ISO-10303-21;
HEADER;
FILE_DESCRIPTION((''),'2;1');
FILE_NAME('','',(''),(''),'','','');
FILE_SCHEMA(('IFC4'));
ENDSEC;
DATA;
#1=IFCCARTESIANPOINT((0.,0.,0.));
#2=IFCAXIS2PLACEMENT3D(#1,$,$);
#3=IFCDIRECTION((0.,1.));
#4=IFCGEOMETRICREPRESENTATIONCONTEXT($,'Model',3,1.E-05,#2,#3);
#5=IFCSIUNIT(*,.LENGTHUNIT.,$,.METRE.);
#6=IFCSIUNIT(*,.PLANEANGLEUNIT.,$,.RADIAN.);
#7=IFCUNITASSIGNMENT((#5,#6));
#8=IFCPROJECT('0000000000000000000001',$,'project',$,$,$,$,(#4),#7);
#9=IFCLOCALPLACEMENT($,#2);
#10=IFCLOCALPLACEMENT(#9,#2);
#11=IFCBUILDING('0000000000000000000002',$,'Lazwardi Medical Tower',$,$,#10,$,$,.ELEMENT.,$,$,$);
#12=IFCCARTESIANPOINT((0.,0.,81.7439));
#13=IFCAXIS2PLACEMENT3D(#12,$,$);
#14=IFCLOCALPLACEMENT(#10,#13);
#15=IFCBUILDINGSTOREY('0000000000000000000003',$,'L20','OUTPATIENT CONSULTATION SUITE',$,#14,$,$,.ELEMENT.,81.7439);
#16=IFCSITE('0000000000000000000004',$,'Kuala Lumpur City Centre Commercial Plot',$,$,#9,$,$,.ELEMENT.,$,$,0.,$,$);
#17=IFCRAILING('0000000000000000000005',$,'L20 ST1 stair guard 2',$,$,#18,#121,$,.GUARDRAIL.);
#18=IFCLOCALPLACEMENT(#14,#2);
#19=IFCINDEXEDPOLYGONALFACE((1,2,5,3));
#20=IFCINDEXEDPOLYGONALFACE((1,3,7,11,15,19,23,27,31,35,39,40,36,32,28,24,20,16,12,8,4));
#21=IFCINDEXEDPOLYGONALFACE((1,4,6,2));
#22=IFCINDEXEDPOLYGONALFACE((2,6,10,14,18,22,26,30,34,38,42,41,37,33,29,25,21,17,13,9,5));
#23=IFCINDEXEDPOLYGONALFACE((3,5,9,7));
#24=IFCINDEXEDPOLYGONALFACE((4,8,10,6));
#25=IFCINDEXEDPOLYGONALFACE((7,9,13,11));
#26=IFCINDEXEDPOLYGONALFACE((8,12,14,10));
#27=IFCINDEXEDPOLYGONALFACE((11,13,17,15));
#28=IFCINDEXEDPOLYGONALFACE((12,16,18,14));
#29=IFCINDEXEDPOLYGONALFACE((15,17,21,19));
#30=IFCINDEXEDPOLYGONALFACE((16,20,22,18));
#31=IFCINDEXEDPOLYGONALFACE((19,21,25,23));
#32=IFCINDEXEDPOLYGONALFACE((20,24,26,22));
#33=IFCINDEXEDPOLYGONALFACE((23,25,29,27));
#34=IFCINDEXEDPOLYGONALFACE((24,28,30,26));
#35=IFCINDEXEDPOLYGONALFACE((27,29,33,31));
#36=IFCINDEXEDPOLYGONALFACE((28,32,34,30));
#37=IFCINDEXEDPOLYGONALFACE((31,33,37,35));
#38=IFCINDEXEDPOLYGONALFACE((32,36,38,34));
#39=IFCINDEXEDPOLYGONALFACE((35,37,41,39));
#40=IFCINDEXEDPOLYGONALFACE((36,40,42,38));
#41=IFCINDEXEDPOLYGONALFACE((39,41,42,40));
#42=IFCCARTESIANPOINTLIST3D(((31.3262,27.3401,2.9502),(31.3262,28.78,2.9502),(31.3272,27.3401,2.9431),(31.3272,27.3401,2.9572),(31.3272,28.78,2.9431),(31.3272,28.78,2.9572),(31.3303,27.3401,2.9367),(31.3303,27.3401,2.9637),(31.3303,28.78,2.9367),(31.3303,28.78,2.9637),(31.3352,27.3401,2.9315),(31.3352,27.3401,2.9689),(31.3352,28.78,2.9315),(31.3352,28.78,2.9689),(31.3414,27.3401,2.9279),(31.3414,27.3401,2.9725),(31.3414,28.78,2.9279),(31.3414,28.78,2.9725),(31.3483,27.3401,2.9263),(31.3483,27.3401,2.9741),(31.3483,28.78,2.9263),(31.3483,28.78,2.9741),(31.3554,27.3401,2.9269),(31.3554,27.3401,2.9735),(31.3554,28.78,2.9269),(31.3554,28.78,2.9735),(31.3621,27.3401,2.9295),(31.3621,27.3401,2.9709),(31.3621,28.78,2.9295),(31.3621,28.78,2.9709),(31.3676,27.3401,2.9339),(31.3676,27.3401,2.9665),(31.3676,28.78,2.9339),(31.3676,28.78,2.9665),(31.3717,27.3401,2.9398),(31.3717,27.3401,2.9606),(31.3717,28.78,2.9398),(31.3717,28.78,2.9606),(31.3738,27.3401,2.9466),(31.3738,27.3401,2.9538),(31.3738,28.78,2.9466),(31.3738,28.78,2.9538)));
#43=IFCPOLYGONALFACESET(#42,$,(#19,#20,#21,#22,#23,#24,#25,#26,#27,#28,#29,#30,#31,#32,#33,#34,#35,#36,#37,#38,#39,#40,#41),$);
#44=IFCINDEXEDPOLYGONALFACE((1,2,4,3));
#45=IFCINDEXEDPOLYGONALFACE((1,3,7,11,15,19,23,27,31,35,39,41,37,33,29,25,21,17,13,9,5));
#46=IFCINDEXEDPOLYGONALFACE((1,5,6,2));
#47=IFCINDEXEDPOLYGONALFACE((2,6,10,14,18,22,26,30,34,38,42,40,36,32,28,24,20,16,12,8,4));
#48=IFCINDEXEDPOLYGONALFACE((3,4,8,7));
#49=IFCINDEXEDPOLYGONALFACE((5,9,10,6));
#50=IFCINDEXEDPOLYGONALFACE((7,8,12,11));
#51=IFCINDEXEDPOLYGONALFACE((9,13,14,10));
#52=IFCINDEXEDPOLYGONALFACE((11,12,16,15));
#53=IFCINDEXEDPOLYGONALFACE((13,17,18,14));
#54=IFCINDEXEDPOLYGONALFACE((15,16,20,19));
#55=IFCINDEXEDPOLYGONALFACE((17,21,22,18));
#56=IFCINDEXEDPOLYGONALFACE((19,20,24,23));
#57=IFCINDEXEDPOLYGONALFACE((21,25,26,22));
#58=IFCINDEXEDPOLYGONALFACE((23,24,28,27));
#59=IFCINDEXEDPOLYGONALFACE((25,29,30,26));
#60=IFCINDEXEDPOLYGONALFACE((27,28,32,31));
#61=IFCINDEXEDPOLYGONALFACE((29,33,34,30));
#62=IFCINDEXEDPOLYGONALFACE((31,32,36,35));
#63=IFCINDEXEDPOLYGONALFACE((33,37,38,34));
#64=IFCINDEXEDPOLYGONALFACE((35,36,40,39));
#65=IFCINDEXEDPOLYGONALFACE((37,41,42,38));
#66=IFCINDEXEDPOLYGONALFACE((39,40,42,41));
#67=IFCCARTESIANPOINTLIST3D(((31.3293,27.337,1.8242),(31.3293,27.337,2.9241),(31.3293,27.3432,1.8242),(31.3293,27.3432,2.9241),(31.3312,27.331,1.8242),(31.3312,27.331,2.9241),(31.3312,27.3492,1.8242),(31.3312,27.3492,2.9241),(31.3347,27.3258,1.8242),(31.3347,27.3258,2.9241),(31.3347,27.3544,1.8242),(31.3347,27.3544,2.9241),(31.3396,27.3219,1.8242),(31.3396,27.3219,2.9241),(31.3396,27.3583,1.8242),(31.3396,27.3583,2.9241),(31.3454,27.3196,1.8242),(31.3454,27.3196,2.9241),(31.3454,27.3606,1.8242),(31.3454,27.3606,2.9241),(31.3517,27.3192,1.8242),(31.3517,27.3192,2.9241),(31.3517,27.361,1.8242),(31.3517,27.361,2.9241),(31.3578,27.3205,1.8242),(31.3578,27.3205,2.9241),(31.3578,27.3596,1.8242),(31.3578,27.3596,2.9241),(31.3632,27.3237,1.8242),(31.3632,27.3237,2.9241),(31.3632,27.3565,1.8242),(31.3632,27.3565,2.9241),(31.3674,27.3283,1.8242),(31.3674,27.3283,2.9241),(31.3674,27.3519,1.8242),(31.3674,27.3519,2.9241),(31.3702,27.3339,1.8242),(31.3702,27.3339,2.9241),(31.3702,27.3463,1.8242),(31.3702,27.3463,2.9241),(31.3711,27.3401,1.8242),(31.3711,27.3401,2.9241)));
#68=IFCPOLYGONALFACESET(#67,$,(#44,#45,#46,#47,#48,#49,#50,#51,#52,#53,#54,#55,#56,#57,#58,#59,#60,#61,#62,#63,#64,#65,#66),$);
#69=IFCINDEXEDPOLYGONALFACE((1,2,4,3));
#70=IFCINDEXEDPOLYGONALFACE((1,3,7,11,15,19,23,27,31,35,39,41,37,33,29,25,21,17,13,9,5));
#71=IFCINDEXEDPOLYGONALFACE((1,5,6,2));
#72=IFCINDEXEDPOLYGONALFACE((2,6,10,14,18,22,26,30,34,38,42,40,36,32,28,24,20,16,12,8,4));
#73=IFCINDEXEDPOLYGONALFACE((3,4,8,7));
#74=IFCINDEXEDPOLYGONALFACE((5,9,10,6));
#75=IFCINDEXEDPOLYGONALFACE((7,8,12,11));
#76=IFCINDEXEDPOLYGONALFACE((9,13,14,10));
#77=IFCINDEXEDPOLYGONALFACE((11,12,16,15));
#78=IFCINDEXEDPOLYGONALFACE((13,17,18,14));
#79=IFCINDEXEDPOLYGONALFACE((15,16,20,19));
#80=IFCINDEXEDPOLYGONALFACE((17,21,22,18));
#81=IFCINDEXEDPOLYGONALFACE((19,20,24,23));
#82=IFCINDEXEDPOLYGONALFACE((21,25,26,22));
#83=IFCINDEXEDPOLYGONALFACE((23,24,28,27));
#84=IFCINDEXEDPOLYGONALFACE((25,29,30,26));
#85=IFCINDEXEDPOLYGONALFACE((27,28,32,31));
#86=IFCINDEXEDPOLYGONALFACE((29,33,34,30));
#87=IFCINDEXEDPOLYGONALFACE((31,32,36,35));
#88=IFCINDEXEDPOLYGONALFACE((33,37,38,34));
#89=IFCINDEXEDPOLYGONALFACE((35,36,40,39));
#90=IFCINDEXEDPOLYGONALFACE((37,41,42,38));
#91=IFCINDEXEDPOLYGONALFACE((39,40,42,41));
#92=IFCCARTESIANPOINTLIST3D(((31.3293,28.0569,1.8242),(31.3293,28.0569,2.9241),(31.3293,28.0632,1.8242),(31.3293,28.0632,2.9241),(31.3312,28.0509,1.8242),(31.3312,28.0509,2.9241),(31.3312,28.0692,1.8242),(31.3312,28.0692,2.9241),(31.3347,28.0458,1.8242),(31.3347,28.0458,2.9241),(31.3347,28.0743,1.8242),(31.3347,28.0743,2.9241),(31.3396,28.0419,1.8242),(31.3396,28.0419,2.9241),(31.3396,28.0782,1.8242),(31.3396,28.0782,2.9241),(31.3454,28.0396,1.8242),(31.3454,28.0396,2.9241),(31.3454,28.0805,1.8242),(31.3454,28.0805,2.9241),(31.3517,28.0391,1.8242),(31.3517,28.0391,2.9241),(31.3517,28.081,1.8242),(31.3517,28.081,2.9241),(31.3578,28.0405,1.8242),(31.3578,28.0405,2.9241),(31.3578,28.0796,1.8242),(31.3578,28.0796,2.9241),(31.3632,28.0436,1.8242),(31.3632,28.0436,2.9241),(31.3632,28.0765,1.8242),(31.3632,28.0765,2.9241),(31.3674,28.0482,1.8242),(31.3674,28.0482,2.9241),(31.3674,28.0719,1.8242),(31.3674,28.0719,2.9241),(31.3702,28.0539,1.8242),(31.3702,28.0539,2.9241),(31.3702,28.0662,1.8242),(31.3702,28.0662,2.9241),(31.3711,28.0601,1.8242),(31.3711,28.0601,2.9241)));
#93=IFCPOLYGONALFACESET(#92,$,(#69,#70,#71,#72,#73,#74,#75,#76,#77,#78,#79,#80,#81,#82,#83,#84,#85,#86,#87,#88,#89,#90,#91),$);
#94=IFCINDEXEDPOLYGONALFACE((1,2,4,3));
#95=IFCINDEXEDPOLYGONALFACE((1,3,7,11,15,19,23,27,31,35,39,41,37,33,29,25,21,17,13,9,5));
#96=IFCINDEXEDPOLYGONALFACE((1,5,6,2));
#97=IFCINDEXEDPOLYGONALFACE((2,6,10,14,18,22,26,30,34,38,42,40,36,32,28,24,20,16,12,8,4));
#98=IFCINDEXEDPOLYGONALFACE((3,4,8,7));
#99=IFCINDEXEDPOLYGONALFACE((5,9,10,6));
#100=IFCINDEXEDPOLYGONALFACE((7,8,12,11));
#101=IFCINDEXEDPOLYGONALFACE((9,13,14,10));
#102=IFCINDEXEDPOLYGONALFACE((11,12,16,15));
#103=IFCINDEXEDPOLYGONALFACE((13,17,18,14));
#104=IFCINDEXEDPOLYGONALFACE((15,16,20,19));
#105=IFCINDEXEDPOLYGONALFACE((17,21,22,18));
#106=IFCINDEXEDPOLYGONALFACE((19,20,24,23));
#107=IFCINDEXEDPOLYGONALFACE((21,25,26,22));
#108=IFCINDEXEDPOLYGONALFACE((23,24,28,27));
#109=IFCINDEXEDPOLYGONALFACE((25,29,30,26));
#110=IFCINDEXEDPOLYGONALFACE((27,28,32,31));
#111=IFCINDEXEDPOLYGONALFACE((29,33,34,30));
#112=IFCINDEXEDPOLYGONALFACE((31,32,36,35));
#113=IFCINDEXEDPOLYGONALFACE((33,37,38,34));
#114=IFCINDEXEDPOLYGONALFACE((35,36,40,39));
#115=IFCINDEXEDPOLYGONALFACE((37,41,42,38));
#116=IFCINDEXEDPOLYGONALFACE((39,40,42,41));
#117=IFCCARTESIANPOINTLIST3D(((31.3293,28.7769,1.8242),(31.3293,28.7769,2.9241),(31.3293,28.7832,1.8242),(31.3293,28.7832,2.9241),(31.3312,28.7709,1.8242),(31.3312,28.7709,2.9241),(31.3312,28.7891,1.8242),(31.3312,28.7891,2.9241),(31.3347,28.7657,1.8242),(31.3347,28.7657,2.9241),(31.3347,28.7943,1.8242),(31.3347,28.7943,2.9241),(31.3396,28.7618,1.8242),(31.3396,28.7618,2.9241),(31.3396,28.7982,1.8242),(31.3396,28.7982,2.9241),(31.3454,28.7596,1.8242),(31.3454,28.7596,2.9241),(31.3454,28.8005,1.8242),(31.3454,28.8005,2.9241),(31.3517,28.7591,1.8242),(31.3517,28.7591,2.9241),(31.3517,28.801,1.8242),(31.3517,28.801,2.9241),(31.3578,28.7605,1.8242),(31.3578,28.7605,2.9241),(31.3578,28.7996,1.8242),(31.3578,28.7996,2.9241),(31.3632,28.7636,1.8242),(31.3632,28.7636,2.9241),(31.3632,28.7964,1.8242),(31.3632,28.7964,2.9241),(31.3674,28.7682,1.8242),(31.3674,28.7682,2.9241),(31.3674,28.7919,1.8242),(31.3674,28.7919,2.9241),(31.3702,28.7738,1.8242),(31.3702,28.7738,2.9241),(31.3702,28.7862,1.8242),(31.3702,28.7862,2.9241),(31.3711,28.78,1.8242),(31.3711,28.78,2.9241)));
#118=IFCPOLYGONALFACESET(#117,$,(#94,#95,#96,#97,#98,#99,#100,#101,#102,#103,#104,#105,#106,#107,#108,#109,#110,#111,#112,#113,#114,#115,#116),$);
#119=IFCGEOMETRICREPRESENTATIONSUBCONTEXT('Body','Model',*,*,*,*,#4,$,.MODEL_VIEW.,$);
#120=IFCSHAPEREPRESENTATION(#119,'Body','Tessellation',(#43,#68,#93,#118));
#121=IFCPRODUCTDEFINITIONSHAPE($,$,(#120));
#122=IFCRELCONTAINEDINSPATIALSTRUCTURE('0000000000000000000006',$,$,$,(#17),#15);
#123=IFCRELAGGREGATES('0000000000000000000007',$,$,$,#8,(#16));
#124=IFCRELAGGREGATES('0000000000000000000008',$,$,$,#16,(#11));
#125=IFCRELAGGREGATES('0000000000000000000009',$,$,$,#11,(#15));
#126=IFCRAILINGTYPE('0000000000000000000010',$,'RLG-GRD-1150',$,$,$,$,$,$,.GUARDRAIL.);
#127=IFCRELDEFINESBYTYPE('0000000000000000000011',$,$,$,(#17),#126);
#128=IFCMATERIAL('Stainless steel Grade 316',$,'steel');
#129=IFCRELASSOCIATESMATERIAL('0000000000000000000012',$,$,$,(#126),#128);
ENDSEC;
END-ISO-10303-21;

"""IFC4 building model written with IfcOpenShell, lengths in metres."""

from ifc_helpers import new_model, si_unit, direction, frame, origin, origin_2d, place, context, subcontext, project, spatial, circle, extrude, material, type_object, element, save


model = new_model("IFC4")

# Units and contexts
model_context = context("Model", 3, precision=1e-05, world=origin(), true_north=direction((0.0, 1.0)))
body_context = subcontext(model_context, "Body", "Model", "MODEL_VIEW")
ifc_project = project(units=[si_unit("LENGTHUNIT", "METRE"), si_unit("PLANEANGLEUNIT", "RADIAN")], contexts=[model_context])

# Site, building, storey
site_placement = place(None, origin())
site = spatial("IfcSite", under=ifc_project, at=site_placement, Name="Kuala Lumpur City Centre Commercial Plot", CompositionType="ELEMENT", RefElevation=0.0)
building_placement = place(site_placement, origin())
building = spatial("IfcBuilding", under=site, at=building_placement, Name="Lazwardi Medical Tower", CompositionType="ELEMENT")
storey_placement = place(building_placement, frame((0.0, 0.0, 81.7439)))
storey = spatial("IfcBuildingStorey", under=building, at=storey_placement, Name="L20", Description="OUTPATIENT CONSULTATION SUITE", CompositionType="ELEMENT", Elevation=81.7439)

# Railing
ifc_material_1 = material(Name="Stainless steel Grade 316", Category="steel")
railing_type_1 = type_object("IfcRailingType", Name="RLG-GRD-1150", PredefinedType="GUARDRAIL", material=ifc_material_1)
railing_1_placement = place(storey_placement, frame((31.3501, 27.3401, 1.8242)))
element("IfcRailing", 1, at=railing_1_placement, inside=storey, type_object=railing_type_1, Name="L20 ST1 stair guard 2", PredefinedType="GUARDRAIL", context=body_context, shape_type="SweptSolid", body=[
    extrude(circle(Radius=0.0239, at=origin_2d()), frame((0.0, 0.0, 1.126), z_axis=(0.0, 1.0, 0.0), x_axis=(-1.0, 0.0, 0.0)), (0.0, 0.0, 1.0), 1.4399),
    extrude(circle(Radius=0.021, at=origin_2d()), origin(), (0.0, 0.0, 1.0), 1.0999),
    extrude(circle(Radius=0.021, at=origin_2d()), frame((0.0, 0.72, 0.0)), (0.0, 0.0, 1.0), 1.0999),
    extrude(circle(Radius=0.021, at=origin_2d()), frame((0.0, 1.4399, 0.0)), (0.0, 0.0, 1.0), 1.0999),
])

save(model, "model.ifc")
